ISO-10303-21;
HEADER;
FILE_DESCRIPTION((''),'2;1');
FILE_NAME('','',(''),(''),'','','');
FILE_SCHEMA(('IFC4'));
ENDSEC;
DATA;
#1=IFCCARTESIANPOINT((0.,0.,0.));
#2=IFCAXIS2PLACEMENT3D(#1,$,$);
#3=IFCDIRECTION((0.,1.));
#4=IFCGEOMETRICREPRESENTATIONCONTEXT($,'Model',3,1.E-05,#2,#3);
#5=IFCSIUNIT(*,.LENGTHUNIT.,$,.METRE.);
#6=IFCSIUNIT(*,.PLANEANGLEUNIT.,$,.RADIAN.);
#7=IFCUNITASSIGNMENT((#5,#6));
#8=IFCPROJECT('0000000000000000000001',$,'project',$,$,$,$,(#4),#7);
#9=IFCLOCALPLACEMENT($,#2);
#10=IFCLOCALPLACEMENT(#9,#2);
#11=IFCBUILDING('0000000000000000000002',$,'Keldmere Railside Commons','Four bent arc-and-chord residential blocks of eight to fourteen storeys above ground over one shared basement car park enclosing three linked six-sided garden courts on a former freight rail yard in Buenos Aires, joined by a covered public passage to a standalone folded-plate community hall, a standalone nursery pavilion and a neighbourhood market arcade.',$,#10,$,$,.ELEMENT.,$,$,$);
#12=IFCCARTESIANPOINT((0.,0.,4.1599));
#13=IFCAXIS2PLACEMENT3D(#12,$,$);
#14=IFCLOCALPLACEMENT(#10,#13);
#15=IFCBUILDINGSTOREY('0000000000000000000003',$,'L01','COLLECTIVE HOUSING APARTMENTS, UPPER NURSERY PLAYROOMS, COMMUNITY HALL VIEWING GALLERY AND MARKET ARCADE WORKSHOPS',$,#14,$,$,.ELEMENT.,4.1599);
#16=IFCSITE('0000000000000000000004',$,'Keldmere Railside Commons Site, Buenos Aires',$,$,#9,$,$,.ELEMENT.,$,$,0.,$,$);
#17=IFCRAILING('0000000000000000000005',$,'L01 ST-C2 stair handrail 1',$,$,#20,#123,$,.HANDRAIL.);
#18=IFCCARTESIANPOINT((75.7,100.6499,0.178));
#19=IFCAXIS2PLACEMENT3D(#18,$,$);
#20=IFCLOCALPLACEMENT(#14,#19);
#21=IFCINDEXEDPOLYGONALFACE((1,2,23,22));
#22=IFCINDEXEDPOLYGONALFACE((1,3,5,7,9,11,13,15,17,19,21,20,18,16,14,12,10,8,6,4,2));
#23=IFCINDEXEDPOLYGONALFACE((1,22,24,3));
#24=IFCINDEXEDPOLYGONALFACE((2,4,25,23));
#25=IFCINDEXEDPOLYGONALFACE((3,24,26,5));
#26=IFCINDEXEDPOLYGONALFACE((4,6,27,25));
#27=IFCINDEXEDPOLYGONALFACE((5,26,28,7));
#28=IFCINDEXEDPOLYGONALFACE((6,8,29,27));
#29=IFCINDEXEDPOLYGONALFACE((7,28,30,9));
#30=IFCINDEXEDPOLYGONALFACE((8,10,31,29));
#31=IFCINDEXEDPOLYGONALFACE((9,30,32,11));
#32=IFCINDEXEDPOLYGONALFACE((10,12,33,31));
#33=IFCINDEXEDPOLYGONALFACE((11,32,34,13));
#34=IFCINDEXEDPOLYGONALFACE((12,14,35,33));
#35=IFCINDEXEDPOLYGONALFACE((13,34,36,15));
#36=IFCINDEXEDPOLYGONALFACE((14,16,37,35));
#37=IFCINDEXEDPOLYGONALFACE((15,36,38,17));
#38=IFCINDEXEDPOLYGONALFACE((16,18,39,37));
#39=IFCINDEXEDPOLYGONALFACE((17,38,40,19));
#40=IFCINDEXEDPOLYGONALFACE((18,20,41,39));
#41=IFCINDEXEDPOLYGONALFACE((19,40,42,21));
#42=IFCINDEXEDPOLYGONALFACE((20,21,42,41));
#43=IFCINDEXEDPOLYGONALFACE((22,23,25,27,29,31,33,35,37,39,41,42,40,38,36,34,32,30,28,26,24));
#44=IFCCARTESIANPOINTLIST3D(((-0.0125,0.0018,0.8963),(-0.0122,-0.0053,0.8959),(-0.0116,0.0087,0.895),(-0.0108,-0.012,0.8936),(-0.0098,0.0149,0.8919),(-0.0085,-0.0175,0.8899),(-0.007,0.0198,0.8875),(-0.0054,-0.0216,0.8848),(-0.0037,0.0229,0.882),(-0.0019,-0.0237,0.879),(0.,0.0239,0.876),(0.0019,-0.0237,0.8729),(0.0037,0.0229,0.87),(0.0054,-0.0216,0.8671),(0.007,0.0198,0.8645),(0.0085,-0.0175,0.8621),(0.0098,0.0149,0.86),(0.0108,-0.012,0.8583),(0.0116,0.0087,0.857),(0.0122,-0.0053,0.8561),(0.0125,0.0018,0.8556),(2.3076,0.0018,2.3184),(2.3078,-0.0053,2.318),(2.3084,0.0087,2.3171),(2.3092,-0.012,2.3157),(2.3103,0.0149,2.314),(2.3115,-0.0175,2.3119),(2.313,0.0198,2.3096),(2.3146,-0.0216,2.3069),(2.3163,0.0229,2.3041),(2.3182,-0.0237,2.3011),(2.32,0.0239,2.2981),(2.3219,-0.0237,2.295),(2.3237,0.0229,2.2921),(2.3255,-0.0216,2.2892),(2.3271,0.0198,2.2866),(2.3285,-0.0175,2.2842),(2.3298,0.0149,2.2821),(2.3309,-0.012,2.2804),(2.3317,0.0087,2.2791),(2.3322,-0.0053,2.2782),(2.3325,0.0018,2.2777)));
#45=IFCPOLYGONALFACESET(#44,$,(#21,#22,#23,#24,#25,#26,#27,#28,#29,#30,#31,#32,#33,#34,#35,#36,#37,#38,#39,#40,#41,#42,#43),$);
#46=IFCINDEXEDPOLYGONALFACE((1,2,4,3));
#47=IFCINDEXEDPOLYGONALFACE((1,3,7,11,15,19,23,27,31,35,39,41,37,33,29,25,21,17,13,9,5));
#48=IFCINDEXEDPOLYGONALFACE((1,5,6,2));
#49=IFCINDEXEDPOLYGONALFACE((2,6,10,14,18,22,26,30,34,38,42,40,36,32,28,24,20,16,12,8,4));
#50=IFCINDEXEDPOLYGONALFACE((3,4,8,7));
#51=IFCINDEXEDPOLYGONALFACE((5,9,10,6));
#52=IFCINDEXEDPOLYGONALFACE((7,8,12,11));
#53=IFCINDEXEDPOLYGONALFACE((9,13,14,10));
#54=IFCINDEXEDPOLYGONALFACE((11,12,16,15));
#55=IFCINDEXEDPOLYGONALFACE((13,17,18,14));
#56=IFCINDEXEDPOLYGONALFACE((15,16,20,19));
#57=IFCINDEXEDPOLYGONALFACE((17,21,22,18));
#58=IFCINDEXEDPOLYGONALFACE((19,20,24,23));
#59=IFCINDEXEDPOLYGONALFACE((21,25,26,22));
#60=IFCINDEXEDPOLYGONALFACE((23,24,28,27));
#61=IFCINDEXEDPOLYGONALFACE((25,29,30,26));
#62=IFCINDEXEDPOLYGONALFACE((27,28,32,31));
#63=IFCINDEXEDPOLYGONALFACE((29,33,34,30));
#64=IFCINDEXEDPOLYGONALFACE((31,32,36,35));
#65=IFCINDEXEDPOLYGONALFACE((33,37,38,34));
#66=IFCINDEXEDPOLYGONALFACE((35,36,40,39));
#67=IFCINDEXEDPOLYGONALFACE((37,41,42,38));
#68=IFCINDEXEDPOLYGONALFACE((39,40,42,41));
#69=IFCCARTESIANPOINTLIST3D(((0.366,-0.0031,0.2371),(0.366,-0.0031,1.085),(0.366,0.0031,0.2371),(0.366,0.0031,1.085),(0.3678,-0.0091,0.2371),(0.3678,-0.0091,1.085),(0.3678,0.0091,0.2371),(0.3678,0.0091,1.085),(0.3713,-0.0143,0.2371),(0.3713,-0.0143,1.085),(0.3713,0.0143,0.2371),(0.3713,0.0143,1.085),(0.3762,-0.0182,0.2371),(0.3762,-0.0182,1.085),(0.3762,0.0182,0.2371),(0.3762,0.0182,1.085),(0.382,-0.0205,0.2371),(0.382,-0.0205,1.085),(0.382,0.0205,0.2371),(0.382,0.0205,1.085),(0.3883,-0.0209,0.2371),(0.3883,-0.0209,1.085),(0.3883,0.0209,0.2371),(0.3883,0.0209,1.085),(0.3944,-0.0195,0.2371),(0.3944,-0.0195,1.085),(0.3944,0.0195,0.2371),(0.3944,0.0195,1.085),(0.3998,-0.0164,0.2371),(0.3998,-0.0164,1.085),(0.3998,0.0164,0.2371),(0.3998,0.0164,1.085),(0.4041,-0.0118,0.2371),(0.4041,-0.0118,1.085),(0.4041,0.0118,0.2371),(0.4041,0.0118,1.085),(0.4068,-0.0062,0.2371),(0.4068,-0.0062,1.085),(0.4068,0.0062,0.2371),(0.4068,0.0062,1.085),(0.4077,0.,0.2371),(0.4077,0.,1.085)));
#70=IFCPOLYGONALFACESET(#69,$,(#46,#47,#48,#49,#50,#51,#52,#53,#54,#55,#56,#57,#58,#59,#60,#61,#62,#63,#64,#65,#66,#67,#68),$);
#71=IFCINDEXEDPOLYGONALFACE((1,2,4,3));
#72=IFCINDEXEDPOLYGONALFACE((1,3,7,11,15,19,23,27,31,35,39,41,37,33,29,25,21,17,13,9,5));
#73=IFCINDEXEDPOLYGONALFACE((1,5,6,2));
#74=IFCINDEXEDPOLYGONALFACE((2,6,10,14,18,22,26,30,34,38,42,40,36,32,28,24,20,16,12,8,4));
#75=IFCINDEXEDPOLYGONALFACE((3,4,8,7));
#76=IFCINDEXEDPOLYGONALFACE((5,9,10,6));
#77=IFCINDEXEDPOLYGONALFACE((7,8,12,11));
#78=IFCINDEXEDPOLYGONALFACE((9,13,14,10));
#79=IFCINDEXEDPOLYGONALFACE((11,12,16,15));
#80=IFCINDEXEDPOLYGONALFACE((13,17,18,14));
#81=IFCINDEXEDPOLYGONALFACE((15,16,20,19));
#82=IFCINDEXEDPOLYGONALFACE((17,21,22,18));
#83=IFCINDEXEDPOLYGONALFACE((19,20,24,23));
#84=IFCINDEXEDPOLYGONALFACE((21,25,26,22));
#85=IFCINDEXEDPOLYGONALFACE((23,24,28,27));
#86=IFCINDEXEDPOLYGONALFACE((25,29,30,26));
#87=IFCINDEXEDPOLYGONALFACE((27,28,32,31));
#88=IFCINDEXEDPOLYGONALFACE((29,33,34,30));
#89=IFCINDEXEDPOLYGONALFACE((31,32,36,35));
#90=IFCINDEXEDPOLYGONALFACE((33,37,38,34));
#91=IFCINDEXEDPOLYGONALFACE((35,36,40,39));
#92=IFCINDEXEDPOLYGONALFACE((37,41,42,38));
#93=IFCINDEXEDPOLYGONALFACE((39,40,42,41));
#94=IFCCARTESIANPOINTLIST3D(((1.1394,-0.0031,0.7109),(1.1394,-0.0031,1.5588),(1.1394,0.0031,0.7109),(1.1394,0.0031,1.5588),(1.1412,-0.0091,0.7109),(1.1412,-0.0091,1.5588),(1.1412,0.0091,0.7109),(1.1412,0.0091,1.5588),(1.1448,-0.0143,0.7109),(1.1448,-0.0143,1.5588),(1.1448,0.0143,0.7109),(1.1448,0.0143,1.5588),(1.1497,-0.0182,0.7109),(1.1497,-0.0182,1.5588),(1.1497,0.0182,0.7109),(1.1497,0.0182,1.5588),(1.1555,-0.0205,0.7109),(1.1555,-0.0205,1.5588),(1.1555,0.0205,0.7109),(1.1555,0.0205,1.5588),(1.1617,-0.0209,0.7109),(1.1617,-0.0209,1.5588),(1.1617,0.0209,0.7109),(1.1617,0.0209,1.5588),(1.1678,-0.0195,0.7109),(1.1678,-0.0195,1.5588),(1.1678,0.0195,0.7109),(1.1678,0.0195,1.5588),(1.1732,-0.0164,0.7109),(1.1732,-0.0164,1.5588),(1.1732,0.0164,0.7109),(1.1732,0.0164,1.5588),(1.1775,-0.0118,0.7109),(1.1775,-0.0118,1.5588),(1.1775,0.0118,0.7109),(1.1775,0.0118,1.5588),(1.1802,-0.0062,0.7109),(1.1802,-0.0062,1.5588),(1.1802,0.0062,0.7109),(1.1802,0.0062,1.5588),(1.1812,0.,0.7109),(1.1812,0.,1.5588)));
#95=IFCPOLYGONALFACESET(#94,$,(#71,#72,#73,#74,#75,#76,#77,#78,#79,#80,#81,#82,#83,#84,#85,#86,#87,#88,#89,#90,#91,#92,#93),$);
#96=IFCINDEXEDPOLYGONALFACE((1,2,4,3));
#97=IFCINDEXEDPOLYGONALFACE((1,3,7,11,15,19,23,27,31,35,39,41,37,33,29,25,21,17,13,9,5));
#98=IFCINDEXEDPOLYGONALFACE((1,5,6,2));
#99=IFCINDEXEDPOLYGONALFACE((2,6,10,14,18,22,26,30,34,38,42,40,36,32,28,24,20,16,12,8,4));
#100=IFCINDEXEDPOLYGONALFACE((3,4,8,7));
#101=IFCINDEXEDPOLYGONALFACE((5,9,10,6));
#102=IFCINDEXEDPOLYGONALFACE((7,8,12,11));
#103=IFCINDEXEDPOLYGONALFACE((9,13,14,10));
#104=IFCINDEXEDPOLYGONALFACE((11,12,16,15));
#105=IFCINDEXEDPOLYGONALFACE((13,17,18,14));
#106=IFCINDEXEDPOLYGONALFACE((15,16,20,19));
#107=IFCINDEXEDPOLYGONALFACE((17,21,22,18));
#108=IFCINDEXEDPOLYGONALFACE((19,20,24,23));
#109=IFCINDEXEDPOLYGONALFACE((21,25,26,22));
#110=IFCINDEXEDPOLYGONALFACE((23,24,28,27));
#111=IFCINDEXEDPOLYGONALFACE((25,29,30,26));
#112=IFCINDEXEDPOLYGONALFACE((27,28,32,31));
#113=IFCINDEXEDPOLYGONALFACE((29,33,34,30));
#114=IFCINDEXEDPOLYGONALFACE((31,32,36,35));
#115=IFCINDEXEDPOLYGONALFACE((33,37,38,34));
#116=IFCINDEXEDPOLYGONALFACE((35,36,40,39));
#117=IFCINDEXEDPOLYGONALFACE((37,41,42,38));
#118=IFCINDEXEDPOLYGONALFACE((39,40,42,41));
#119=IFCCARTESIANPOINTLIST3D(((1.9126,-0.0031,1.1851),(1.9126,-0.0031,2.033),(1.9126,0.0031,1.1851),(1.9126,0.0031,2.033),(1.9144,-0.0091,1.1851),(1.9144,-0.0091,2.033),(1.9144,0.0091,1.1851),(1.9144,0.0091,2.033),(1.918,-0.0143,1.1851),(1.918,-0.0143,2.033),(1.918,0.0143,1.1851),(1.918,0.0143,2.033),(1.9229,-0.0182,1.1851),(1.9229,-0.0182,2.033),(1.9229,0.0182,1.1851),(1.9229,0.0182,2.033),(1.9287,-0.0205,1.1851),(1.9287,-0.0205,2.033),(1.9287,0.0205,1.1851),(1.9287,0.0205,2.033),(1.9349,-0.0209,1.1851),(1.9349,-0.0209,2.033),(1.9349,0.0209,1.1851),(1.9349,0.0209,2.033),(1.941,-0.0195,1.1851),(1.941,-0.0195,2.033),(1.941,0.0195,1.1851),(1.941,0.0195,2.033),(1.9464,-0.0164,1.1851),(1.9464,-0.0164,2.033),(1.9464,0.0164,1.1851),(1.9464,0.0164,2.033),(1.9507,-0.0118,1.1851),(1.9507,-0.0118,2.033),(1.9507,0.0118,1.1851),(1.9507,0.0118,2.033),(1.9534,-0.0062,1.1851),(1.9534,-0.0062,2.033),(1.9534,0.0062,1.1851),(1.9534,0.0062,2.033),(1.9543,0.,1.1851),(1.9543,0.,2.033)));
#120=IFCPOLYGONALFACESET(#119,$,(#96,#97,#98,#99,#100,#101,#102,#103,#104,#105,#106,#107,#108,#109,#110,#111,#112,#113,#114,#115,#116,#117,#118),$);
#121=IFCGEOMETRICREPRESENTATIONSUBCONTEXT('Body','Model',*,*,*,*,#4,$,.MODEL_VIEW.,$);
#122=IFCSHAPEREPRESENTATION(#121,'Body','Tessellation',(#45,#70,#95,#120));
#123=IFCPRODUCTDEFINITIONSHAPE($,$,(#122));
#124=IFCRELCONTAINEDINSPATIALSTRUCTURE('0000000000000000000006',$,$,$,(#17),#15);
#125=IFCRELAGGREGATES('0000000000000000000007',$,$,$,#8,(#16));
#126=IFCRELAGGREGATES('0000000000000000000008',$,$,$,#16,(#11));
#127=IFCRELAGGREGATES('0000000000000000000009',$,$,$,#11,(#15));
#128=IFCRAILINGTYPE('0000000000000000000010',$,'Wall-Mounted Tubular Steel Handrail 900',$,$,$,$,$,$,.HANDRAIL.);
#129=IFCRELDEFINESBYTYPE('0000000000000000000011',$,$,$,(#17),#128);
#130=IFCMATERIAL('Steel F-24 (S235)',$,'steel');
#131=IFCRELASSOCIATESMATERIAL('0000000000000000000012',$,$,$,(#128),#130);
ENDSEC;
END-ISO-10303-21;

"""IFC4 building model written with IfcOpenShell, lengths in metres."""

from ifc_helpers import new_model, si_unit, direction, frame, origin, origin_2d, place, context, subcontext, project, spatial, circle, extrude, material, type_object, element, save


model = new_model("IFC4")

# Units and contexts
model_context = context("Model", 3, precision=1e-05, world=origin(), true_north=direction((0.0, 1.0)))
body_context = subcontext(model_context, "Body", "Model", "MODEL_VIEW")
ifc_project = project(units=[si_unit("LENGTHUNIT", "METRE"), si_unit("PLANEANGLEUNIT", "RADIAN")], contexts=[model_context])

# Site, building, storey
site_placement = place(None, origin())
site = spatial("IfcSite", under=ifc_project, at=site_placement, Name="Keldmere Railside Commons Site, Buenos Aires", CompositionType="ELEMENT", RefElevation=0.0)
building_placement = place(site_placement, origin())
building = spatial("IfcBuilding", under=site, at=building_placement, Name="Keldmere Railside Commons", Description="Four bent arc-and-chord residential blocks of eight to fourteen storeys above ground over one shared basement car park enclosing three linked six-sided garden courts on a former freight rail yard in Buenos Aires, joined by a covered public passage to a standalone folded-plate community hall, a standalone nursery pavilion and a neighbourhood market arcade.", CompositionType="ELEMENT")
storey_placement = place(building_placement, frame((0.0, 0.0, 4.1599)))
storey = spatial("IfcBuildingStorey", under=building, at=storey_placement, Name="L01", Description="COLLECTIVE HOUSING APARTMENTS, UPPER NURSERY PLAYROOMS, COMMUNITY HALL VIEWING GALLERY AND MARKET ARCADE WORKSHOPS", CompositionType="ELEMENT", Elevation=4.1599)

# Railing
ifc_material_1 = material(Name="Steel F-24 (S235)", Category="steel")
railing_type_1 = type_object("IfcRailingType", Name="Wall-Mounted Tubular Steel Handrail 900", PredefinedType="HANDRAIL", material=ifc_material_1)
railing_1_placement = place(storey_placement, frame((75.7, 100.6499, 0.178)))
element("IfcRailing", 1, at=railing_1_placement, inside=storey, type_object=railing_type_1, Name="L01 ST-C2 stair handrail 1", PredefinedType="HANDRAIL", context=body_context, shape_type="SweptSolid", body=[
    extrude(circle(Radius=0.0239, at=origin_2d()), frame((0.0, 0.0, 0.876), z_axis=(0.852578, 0.0, 0.5226), x_axis=(0.0, 1.0, 0.0)), (0.0, 0.0, 1.0), 2.7212),
    extrude(circle(Radius=0.021, at=origin_2d()), frame((0.3867, 0.0, 0.2371)), (0.0, 0.0, 1.0), 0.8479),
    extrude(circle(Radius=0.021, at=origin_2d()), frame((1.1602, 0.0, 0.7109)), (0.0, 0.0, 1.0), 0.8479),
    extrude(circle(Radius=0.021, at=origin_2d()), frame((1.9333, 0.0, 1.1851)), (0.0, 0.0, 1.0), 0.8479),
])

save(model, "model.ifc")
